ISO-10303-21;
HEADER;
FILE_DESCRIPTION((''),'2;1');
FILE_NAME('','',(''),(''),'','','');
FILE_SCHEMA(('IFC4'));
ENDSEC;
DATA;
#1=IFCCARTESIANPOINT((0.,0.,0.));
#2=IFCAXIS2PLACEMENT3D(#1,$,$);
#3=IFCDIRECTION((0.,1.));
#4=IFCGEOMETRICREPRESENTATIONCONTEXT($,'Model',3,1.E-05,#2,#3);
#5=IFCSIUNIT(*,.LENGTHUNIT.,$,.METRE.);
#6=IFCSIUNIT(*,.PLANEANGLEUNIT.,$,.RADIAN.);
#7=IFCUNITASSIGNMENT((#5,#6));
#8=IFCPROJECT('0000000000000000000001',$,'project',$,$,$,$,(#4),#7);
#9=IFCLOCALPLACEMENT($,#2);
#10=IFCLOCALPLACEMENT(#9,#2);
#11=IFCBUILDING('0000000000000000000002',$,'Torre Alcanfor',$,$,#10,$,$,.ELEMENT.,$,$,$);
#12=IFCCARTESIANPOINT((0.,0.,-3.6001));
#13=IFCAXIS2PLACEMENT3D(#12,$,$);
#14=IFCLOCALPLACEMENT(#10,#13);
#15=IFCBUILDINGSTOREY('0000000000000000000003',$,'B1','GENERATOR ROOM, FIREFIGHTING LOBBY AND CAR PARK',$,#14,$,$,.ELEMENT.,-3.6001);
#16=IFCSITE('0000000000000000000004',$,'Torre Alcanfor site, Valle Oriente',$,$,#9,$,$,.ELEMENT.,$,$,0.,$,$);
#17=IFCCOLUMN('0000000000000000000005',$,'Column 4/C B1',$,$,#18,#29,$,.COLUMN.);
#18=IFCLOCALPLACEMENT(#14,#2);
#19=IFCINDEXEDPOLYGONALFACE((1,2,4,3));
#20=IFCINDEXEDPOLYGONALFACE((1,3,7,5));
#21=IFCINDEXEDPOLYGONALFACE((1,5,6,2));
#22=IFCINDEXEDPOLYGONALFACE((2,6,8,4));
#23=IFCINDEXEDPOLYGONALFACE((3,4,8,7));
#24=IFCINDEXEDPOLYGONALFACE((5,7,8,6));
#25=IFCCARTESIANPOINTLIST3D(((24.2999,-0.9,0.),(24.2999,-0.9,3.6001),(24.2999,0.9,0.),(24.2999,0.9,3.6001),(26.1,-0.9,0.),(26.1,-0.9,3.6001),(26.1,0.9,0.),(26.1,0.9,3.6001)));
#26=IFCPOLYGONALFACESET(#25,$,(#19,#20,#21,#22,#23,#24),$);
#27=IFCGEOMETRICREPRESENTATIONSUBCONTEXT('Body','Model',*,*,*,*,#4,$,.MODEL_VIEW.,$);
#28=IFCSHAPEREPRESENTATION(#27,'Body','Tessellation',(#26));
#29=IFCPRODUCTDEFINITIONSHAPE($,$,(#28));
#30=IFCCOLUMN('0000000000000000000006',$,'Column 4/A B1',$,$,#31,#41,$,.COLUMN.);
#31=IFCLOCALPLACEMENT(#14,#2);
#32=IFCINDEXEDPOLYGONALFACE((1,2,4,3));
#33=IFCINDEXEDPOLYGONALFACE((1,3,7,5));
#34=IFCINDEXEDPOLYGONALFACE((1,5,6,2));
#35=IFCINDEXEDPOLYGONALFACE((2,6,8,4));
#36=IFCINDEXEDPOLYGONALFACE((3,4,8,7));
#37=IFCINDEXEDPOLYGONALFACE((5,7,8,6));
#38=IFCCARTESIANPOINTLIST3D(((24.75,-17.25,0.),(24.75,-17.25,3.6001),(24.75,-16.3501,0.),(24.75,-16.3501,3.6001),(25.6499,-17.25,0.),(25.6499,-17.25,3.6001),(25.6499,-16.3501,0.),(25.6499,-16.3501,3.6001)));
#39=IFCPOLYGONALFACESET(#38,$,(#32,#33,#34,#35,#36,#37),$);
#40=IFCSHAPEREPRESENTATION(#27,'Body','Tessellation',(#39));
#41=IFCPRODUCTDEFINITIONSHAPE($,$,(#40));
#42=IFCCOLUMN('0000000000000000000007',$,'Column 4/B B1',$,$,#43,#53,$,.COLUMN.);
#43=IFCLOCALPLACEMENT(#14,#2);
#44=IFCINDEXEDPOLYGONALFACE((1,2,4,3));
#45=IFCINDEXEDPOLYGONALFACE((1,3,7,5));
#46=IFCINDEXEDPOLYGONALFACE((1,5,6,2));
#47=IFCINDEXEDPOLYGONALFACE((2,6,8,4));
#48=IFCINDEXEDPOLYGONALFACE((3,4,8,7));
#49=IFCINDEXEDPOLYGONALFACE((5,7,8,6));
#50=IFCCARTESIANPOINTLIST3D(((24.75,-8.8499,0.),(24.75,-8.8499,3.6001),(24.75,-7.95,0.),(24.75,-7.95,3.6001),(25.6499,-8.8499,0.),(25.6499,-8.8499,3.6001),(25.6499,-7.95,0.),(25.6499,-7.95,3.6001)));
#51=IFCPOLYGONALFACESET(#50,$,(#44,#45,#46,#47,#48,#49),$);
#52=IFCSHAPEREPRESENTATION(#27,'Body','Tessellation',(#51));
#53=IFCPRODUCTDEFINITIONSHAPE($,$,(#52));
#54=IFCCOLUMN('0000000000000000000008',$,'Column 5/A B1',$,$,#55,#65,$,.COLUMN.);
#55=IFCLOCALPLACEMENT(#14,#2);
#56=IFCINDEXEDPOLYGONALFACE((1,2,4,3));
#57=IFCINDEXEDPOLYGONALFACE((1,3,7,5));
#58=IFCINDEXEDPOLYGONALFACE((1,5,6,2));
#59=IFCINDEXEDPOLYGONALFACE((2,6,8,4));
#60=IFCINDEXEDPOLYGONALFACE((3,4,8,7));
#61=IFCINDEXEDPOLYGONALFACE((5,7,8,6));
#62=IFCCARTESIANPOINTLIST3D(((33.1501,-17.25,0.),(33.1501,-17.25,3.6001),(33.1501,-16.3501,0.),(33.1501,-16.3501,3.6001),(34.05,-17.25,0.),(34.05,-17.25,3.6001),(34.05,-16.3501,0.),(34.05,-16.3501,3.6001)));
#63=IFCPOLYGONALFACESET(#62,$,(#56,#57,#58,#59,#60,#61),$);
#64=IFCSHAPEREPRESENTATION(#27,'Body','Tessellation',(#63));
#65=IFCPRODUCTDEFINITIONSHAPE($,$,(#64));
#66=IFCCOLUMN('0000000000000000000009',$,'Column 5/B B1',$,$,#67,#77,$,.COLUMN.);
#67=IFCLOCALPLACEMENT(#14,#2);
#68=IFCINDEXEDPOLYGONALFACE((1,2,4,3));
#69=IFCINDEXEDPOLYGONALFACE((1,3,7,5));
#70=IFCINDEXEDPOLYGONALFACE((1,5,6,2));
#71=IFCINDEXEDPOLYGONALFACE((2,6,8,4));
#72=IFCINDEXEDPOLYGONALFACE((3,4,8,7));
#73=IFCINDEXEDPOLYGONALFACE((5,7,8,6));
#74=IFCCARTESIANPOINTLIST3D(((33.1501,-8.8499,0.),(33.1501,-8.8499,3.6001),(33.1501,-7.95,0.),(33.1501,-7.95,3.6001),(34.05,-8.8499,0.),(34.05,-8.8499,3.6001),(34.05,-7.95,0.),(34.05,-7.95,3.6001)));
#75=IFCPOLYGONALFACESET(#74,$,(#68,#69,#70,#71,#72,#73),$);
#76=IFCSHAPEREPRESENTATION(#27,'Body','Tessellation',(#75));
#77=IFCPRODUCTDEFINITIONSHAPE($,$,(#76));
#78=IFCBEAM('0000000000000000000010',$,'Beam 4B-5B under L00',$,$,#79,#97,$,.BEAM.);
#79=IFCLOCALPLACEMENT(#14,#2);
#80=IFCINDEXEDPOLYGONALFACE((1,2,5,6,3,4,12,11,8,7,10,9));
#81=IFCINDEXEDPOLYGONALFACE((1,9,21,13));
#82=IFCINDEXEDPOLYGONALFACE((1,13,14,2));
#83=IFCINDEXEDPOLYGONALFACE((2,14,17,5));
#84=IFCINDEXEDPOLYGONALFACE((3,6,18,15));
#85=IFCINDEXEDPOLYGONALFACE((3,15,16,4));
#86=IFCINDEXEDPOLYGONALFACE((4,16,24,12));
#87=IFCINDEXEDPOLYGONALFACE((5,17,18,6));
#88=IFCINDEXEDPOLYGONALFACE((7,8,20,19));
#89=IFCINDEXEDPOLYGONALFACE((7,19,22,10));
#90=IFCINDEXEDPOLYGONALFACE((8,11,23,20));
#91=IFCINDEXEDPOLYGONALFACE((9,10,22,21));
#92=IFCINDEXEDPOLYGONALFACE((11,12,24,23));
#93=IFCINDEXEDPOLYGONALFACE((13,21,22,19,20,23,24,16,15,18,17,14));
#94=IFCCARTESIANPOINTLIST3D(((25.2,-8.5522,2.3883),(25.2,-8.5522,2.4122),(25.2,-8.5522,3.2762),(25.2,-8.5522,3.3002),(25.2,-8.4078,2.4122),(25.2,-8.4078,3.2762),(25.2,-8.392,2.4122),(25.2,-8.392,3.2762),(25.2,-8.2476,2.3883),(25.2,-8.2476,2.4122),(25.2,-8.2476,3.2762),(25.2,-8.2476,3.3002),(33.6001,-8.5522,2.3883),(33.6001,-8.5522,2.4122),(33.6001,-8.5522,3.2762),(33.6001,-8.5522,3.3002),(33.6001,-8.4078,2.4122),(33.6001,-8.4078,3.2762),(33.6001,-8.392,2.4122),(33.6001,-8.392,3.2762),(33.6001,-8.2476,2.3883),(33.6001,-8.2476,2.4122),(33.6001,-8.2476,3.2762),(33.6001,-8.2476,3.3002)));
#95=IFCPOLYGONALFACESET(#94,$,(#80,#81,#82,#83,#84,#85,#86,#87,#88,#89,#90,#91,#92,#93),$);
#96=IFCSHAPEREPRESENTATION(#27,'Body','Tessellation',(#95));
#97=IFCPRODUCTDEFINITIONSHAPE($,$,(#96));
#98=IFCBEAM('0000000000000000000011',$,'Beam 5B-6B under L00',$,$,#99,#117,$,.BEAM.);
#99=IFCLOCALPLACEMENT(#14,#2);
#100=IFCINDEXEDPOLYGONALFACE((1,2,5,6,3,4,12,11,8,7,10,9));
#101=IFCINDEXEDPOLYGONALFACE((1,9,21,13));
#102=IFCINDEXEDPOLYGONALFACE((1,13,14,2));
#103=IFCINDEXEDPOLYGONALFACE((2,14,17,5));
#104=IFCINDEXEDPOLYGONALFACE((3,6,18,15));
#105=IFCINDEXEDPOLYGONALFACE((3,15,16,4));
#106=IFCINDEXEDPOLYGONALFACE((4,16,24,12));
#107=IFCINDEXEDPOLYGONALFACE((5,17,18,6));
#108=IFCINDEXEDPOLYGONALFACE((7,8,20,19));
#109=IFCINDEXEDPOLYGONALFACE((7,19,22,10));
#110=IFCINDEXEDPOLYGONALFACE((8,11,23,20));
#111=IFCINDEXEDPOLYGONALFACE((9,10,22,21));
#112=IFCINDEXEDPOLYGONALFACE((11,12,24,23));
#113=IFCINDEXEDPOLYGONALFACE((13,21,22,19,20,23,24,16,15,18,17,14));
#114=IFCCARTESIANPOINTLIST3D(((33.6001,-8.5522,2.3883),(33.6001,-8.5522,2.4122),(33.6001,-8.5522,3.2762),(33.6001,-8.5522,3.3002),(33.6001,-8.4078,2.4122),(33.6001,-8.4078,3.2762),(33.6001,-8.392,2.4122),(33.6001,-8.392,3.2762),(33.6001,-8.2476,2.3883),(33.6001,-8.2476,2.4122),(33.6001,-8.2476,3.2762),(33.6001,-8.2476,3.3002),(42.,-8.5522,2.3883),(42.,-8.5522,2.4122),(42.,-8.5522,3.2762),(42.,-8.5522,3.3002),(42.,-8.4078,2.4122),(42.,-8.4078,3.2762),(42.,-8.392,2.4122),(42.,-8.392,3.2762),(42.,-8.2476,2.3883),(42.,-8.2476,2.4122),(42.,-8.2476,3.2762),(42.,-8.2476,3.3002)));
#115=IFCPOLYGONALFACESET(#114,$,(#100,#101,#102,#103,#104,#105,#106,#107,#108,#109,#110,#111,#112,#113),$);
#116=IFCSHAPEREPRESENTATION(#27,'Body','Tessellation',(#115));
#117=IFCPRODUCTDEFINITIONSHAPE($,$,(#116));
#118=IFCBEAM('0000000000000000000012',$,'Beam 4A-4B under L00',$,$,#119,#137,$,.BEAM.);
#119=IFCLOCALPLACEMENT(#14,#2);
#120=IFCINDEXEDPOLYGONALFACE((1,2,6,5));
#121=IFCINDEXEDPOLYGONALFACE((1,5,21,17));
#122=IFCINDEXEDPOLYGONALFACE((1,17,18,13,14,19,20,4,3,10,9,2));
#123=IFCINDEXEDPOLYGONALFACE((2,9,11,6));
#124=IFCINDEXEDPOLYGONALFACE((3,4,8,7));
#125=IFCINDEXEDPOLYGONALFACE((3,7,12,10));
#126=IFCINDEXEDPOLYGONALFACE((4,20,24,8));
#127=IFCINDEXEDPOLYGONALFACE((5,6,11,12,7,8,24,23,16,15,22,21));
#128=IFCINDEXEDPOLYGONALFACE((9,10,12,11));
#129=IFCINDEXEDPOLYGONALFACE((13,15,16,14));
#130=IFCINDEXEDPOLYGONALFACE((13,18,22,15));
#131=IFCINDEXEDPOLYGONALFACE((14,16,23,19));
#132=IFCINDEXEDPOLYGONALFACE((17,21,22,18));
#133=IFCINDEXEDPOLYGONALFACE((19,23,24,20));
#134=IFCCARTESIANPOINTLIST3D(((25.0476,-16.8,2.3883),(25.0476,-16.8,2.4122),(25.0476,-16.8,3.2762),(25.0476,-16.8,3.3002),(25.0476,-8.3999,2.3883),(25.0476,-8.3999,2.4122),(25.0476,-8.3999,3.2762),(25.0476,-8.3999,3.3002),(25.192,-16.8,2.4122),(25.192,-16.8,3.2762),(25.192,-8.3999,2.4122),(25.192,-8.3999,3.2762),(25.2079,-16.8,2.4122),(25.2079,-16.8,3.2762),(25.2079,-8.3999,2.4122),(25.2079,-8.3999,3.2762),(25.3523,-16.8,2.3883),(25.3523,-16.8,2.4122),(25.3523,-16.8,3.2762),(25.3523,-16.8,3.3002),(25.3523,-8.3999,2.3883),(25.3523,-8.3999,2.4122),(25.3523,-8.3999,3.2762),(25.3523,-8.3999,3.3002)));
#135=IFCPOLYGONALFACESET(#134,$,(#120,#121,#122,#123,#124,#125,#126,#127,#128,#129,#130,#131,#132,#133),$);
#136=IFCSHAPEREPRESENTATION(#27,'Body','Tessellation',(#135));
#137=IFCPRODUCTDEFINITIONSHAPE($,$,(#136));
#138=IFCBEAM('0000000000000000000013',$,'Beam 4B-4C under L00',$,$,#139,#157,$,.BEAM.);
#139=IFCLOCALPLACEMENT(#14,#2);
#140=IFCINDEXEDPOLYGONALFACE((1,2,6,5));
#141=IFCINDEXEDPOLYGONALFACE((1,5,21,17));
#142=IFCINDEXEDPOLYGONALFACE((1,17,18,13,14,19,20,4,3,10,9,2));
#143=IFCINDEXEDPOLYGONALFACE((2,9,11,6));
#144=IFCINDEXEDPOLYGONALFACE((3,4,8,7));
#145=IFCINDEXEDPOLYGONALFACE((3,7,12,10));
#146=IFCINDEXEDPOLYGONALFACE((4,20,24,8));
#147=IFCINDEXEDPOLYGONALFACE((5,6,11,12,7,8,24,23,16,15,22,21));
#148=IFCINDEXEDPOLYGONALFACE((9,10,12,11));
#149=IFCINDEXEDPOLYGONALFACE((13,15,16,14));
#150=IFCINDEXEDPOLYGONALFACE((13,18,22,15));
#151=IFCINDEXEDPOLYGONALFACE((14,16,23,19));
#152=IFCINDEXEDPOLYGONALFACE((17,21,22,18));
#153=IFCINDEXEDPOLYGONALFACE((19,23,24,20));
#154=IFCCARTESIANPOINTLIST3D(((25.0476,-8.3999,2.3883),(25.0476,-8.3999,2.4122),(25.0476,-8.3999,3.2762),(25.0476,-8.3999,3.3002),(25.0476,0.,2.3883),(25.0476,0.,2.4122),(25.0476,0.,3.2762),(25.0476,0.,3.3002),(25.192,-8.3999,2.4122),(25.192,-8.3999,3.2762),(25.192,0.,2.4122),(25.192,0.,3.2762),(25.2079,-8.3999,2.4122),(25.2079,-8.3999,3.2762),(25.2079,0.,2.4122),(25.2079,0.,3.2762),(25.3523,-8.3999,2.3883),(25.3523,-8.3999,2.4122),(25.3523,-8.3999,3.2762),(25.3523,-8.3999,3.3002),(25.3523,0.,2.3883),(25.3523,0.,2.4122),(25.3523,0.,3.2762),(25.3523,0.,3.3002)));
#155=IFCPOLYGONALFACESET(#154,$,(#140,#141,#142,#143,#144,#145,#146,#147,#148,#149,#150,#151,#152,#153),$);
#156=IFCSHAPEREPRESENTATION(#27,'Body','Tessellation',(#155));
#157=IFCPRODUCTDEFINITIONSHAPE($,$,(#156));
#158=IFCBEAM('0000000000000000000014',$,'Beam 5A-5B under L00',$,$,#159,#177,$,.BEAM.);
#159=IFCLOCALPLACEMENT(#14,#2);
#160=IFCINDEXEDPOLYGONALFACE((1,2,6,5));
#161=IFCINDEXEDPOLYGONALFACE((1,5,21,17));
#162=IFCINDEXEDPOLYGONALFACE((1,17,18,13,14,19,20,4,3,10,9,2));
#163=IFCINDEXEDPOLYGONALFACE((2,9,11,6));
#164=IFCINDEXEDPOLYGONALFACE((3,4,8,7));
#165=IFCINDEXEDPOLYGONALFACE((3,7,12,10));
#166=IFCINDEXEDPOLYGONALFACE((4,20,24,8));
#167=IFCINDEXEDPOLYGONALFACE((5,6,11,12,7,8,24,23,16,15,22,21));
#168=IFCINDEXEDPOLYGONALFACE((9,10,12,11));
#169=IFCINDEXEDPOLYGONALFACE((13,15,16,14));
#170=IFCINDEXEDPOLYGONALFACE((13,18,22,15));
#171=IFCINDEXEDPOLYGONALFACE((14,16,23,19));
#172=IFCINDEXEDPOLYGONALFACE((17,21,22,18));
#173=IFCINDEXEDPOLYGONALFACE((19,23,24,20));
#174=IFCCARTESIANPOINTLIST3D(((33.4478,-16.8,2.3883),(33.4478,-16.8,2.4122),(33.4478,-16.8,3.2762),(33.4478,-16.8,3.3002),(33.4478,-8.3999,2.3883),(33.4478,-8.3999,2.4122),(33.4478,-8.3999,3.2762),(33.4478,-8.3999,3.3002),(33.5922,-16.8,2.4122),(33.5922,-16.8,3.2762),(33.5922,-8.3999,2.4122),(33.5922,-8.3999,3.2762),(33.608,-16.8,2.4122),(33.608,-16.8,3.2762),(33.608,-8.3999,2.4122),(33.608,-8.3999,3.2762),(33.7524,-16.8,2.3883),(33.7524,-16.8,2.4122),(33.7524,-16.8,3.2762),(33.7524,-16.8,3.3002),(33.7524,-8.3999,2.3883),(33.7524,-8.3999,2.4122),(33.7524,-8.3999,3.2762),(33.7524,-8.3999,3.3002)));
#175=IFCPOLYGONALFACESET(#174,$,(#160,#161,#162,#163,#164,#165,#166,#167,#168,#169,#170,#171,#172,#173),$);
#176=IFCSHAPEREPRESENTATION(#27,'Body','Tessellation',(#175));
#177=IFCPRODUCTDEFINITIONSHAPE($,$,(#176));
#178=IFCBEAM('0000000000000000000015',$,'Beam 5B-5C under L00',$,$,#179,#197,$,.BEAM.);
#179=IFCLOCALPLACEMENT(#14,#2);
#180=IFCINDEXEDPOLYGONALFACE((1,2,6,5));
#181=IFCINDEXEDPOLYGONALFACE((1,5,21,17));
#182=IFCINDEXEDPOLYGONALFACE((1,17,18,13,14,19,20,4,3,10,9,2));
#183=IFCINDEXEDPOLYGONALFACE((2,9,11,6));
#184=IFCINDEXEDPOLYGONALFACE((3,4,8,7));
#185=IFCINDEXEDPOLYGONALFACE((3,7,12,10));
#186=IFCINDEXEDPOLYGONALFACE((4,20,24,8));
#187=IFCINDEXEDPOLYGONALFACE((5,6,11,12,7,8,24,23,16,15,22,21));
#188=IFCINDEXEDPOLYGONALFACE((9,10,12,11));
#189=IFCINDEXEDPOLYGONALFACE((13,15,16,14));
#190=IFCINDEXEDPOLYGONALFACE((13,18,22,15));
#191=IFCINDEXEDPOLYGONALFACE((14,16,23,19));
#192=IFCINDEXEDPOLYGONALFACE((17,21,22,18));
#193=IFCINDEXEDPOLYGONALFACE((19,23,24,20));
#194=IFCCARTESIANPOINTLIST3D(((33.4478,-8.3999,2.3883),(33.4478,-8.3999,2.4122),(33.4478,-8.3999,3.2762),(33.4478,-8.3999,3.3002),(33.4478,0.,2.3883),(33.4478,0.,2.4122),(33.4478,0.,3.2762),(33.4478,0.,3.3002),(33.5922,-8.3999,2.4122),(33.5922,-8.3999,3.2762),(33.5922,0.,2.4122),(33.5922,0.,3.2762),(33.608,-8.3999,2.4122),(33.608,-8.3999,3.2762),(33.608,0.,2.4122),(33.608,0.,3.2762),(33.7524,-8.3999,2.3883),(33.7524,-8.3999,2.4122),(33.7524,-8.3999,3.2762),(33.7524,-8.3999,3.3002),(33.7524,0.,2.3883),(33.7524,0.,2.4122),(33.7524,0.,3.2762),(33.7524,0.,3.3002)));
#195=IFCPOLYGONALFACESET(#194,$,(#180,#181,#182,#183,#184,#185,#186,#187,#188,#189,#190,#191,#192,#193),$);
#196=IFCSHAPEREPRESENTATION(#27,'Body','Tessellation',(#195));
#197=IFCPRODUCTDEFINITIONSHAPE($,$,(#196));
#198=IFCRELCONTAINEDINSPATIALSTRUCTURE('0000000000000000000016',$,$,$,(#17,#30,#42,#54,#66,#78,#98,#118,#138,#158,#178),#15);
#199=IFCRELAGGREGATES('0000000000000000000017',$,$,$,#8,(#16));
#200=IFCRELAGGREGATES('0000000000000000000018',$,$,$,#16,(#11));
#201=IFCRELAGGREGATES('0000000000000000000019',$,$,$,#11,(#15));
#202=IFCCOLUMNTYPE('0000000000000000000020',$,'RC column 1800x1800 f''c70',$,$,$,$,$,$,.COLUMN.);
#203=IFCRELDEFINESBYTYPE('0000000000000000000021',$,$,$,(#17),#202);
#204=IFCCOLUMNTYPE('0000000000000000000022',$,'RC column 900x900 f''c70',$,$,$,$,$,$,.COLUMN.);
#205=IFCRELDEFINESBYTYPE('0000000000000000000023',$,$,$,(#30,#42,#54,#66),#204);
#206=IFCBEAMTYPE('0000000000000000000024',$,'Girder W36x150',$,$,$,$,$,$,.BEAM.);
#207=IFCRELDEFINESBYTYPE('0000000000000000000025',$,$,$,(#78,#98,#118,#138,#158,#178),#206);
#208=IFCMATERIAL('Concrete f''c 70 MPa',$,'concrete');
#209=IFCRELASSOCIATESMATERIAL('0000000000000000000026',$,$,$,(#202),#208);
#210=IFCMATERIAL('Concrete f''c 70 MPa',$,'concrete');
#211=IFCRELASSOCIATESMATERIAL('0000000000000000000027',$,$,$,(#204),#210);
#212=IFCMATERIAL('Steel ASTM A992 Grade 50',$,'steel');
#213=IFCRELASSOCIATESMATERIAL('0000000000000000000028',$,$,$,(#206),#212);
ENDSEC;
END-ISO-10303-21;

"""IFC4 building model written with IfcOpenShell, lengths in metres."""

from ifc_helpers import new_model, si_unit, direction, frame, origin, origin_2d, place, context, subcontext, project, spatial, rectangle, i_section, extrude, material, material_profile, profile_set, type_object, element, save


model = new_model("IFC4")

# Units and contexts
model_context = context("Model", 3, precision=1e-05, world=origin(), true_north=direction((0.0, 1.0)))
body_context = subcontext(model_context, "Body", "Model", "MODEL_VIEW")
ifc_project = project(units=[si_unit("LENGTHUNIT", "METRE"), si_unit("PLANEANGLEUNIT", "RADIAN")], contexts=[model_context])

# Site, building, storey
site_placement = place(None, origin())
site = spatial("IfcSite", under=ifc_project, at=site_placement, Name="Torre Alcanfor site, Valle Oriente", CompositionType="ELEMENT", RefElevation=0.0)
building_placement = place(site_placement, origin())
building = spatial("IfcBuilding", under=site, at=building_placement, Name="Torre Alcanfor", CompositionType="ELEMENT")
storey_placement = place(building_placement, frame((0.0, 0.0, -3.6001)))
storey = spatial("IfcBuildingStorey", under=building, at=storey_placement, Name="B1", Description="GENERATOR ROOM, FIREFIGHTING LOBBY AND CAR PARK", CompositionType="ELEMENT", Elevation=-3.6001)

# Columns
ifc_material_1 = material(Name="Concrete f'c 70 MPa", Category="concrete")
ifc_material_profile_1 = material_profile(ifc_material_1, rectangle(XDim=1.8, YDim=1.8, at=origin_2d()), Name="1800x1800")
ifc_profile_set_1 = profile_set([ifc_material_profile_1], Name="Concrete f'c 70 MPa")
column_type_1 = type_object("IfcColumnType", Name="RC column 1800x1800 f'c70", PredefinedType="COLUMN", material=ifc_profile_set_1)
column_placement = place(storey_placement, frame((25.2, 0.0, 0.0), z_axis=(0.0, 0.0, 1.0), x_axis=(1.0, 0.0, 0.0)))
element("IfcColumn", 1, at=column_placement, inside=storey, type_object=column_type_1, Name="Column 4/C B1", PredefinedType="COLUMN", context=body_context, shape_type="SweptSolid", body=[
    extrude(rectangle(XDim=1.8, YDim=1.8, at=origin_2d()), origin(), (0.0, 0.0, 1.0), 3.6001),
])
ifc_material_2 = material(Name="Concrete f'c 70 MPa", Category="concrete")
ifc_material_profile_2 = material_profile(ifc_material_2, rectangle(XDim=0.8999, YDim=0.8999, at=origin_2d()), Name="900x900")
ifc_profile_set_2 = profile_set([ifc_material_profile_2], Name="Concrete f'c 70 MPa")
column_type_2 = type_object("IfcColumnType", Name="RC column 900x900 f'c70", PredefinedType="COLUMN", material=ifc_profile_set_2)
for number, where, z_axis, x_axis, name in (
    (2, (25.2, -16.8, 0.0), (0.0, 0.0, 1.0), (1.0, 0.0, 0.0), "Column 4/A B1"),
    (3, (25.2, -8.3999, 0.0), (0.0, 0.0, 1.0), (1.0, 0.0, 0.0), "Column 4/B B1"),
    (4, (33.6001, -16.8, 0.0), (0.0, 0.0, 1.0), (1.0, 0.0, 0.0), "Column 5/A B1"),
    (5, (33.6001, -8.3999, 0.0), (0.0, 0.0, 1.0), (1.0, 0.0, 0.0), "Column 5/B B1"),
):
    element("IfcColumn", number, at=place(storey_placement, frame(where, z_axis=z_axis, x_axis=x_axis)), inside=storey, type_object=column_type_2, Name=name, PredefinedType="COLUMN", context=body_context, shape_type="SweptSolid", body=[
        extrude(rectangle(XDim=0.8999, YDim=0.8999, at=origin_2d()), origin(), (0.0, 0.0, 1.0), 3.6001),
    ])

# Beams
ifc_material_3 = material(Name="Steel ASTM A992 Grade 50", Category="steel")
ifc_material_profile_3 = material_profile(ifc_material_3, i_section(OverallWidth=0.3047, OverallDepth=0.9119, WebThickness=0.0159, FlangeThickness=0.0239, at=origin_2d()), Name="W36x150")
ifc_profile_set_3 = profile_set([ifc_material_profile_3], Name="Steel ASTM A992 Grade 50")
beam_type_1 = type_object("IfcBeamType", Name="Girder W36x150", PredefinedType="BEAM", material=ifc_profile_set_3)
beam_1_placement = place(storey_placement, frame((25.2, -8.3999, 2.8442), z_axis=(1.0, 0.0, 0.0), x_axis=(0.0, 1.0, 0.0)))
element("IfcBeam", 6, at=beam_1_placement, inside=storey, type_object=beam_type_1, Name="Beam 4B-5B under L00", PredefinedType="BEAM", context=body_context, shape_type="SweptSolid", body=[
    extrude(i_section(OverallWidth=0.3047, OverallDepth=0.9119, WebThickness=0.0159, FlangeThickness=0.0239, at=origin_2d()), origin(), (0.0, 0.0, 1.0), 8.4001),
])
beam_2_placement = place(storey_placement, frame((33.6001, -8.3999, 2.8442), z_axis=(1.0, 0.0, 0.0), x_axis=(0.0, 1.0, 0.0)))
element("IfcBeam", 7, at=beam_2_placement, inside=storey, type_object=beam_type_1, Name="Beam 5B-6B under L00", PredefinedType="BEAM", context=body_context, shape_type="SweptSolid", body=[
    extrude(i_section(OverallWidth=0.3047, OverallDepth=0.9119, WebThickness=0.0159, FlangeThickness=0.0239, at=origin_2d()), origin(), (0.0, 0.0, 1.0), 8.3999),
])
beam_3_placement = place(storey_placement, frame((25.2, -16.8, 2.8442), z_axis=(0.0, 1.0, 0.0), x_axis=(-1.0, 0.0, 0.0)))
element("IfcBeam", 8, at=beam_3_placement, inside=storey, type_object=beam_type_1, Name="Beam 4A-4B under L00", PredefinedType="BEAM", context=body_context, shape_type="SweptSolid", body=[
    extrude(i_section(OverallWidth=0.3047, OverallDepth=0.9119, WebThickness=0.0159, FlangeThickness=0.0239, at=origin_2d()), origin(), (0.0, 0.0, 1.0), 8.4001),
])
beam_4_placement = place(storey_placement, frame((25.2, -8.3999, 2.8442), z_axis=(0.0, 1.0, 0.0), x_axis=(-1.0, 0.0, 0.0)))
element("IfcBeam", 9, at=beam_4_placement, inside=storey, type_object=beam_type_1, Name="Beam 4B-4C under L00", PredefinedType="BEAM", context=body_context, shape_type="SweptSolid", body=[
    extrude(i_section(OverallWidth=0.3047, OverallDepth=0.9119, WebThickness=0.0159, FlangeThickness=0.0239, at=origin_2d()), origin(), (0.0, 0.0, 1.0), 8.3999),
])
beam_5_placement = place(storey_placement, frame((33.6001, -16.8, 2.8442), z_axis=(0.0, 1.0, 0.0), x_axis=(-1.0, 0.0, 0.0)))
element("IfcBeam", 10, at=beam_5_placement, inside=storey, type_object=beam_type_1, Name="Beam 5A-5B under L00", PredefinedType="BEAM", context=body_context, shape_type="SweptSolid", body=[
    extrude(i_section(OverallWidth=0.3047, OverallDepth=0.9119, WebThickness=0.0159, FlangeThickness=0.0239, at=origin_2d()), origin(), (0.0, 0.0, 1.0), 8.4001),
])
beam_6_placement = place(storey_placement, frame((33.6001, -8.3999, 2.8442), z_axis=(0.0, 1.0, 0.0), x_axis=(-1.0, 0.0, 0.0)))
element("IfcBeam", 11, at=beam_6_placement, inside=storey, type_object=beam_type_1, Name="Beam 5B-5C under L00", PredefinedType="BEAM", context=body_context, shape_type="SweptSolid", body=[
    extrude(i_section(OverallWidth=0.3047, OverallDepth=0.9119, WebThickness=0.0159, FlangeThickness=0.0239, at=origin_2d()), origin(), (0.0, 0.0, 1.0), 8.3999),
])

save(model, "model.ifc")
